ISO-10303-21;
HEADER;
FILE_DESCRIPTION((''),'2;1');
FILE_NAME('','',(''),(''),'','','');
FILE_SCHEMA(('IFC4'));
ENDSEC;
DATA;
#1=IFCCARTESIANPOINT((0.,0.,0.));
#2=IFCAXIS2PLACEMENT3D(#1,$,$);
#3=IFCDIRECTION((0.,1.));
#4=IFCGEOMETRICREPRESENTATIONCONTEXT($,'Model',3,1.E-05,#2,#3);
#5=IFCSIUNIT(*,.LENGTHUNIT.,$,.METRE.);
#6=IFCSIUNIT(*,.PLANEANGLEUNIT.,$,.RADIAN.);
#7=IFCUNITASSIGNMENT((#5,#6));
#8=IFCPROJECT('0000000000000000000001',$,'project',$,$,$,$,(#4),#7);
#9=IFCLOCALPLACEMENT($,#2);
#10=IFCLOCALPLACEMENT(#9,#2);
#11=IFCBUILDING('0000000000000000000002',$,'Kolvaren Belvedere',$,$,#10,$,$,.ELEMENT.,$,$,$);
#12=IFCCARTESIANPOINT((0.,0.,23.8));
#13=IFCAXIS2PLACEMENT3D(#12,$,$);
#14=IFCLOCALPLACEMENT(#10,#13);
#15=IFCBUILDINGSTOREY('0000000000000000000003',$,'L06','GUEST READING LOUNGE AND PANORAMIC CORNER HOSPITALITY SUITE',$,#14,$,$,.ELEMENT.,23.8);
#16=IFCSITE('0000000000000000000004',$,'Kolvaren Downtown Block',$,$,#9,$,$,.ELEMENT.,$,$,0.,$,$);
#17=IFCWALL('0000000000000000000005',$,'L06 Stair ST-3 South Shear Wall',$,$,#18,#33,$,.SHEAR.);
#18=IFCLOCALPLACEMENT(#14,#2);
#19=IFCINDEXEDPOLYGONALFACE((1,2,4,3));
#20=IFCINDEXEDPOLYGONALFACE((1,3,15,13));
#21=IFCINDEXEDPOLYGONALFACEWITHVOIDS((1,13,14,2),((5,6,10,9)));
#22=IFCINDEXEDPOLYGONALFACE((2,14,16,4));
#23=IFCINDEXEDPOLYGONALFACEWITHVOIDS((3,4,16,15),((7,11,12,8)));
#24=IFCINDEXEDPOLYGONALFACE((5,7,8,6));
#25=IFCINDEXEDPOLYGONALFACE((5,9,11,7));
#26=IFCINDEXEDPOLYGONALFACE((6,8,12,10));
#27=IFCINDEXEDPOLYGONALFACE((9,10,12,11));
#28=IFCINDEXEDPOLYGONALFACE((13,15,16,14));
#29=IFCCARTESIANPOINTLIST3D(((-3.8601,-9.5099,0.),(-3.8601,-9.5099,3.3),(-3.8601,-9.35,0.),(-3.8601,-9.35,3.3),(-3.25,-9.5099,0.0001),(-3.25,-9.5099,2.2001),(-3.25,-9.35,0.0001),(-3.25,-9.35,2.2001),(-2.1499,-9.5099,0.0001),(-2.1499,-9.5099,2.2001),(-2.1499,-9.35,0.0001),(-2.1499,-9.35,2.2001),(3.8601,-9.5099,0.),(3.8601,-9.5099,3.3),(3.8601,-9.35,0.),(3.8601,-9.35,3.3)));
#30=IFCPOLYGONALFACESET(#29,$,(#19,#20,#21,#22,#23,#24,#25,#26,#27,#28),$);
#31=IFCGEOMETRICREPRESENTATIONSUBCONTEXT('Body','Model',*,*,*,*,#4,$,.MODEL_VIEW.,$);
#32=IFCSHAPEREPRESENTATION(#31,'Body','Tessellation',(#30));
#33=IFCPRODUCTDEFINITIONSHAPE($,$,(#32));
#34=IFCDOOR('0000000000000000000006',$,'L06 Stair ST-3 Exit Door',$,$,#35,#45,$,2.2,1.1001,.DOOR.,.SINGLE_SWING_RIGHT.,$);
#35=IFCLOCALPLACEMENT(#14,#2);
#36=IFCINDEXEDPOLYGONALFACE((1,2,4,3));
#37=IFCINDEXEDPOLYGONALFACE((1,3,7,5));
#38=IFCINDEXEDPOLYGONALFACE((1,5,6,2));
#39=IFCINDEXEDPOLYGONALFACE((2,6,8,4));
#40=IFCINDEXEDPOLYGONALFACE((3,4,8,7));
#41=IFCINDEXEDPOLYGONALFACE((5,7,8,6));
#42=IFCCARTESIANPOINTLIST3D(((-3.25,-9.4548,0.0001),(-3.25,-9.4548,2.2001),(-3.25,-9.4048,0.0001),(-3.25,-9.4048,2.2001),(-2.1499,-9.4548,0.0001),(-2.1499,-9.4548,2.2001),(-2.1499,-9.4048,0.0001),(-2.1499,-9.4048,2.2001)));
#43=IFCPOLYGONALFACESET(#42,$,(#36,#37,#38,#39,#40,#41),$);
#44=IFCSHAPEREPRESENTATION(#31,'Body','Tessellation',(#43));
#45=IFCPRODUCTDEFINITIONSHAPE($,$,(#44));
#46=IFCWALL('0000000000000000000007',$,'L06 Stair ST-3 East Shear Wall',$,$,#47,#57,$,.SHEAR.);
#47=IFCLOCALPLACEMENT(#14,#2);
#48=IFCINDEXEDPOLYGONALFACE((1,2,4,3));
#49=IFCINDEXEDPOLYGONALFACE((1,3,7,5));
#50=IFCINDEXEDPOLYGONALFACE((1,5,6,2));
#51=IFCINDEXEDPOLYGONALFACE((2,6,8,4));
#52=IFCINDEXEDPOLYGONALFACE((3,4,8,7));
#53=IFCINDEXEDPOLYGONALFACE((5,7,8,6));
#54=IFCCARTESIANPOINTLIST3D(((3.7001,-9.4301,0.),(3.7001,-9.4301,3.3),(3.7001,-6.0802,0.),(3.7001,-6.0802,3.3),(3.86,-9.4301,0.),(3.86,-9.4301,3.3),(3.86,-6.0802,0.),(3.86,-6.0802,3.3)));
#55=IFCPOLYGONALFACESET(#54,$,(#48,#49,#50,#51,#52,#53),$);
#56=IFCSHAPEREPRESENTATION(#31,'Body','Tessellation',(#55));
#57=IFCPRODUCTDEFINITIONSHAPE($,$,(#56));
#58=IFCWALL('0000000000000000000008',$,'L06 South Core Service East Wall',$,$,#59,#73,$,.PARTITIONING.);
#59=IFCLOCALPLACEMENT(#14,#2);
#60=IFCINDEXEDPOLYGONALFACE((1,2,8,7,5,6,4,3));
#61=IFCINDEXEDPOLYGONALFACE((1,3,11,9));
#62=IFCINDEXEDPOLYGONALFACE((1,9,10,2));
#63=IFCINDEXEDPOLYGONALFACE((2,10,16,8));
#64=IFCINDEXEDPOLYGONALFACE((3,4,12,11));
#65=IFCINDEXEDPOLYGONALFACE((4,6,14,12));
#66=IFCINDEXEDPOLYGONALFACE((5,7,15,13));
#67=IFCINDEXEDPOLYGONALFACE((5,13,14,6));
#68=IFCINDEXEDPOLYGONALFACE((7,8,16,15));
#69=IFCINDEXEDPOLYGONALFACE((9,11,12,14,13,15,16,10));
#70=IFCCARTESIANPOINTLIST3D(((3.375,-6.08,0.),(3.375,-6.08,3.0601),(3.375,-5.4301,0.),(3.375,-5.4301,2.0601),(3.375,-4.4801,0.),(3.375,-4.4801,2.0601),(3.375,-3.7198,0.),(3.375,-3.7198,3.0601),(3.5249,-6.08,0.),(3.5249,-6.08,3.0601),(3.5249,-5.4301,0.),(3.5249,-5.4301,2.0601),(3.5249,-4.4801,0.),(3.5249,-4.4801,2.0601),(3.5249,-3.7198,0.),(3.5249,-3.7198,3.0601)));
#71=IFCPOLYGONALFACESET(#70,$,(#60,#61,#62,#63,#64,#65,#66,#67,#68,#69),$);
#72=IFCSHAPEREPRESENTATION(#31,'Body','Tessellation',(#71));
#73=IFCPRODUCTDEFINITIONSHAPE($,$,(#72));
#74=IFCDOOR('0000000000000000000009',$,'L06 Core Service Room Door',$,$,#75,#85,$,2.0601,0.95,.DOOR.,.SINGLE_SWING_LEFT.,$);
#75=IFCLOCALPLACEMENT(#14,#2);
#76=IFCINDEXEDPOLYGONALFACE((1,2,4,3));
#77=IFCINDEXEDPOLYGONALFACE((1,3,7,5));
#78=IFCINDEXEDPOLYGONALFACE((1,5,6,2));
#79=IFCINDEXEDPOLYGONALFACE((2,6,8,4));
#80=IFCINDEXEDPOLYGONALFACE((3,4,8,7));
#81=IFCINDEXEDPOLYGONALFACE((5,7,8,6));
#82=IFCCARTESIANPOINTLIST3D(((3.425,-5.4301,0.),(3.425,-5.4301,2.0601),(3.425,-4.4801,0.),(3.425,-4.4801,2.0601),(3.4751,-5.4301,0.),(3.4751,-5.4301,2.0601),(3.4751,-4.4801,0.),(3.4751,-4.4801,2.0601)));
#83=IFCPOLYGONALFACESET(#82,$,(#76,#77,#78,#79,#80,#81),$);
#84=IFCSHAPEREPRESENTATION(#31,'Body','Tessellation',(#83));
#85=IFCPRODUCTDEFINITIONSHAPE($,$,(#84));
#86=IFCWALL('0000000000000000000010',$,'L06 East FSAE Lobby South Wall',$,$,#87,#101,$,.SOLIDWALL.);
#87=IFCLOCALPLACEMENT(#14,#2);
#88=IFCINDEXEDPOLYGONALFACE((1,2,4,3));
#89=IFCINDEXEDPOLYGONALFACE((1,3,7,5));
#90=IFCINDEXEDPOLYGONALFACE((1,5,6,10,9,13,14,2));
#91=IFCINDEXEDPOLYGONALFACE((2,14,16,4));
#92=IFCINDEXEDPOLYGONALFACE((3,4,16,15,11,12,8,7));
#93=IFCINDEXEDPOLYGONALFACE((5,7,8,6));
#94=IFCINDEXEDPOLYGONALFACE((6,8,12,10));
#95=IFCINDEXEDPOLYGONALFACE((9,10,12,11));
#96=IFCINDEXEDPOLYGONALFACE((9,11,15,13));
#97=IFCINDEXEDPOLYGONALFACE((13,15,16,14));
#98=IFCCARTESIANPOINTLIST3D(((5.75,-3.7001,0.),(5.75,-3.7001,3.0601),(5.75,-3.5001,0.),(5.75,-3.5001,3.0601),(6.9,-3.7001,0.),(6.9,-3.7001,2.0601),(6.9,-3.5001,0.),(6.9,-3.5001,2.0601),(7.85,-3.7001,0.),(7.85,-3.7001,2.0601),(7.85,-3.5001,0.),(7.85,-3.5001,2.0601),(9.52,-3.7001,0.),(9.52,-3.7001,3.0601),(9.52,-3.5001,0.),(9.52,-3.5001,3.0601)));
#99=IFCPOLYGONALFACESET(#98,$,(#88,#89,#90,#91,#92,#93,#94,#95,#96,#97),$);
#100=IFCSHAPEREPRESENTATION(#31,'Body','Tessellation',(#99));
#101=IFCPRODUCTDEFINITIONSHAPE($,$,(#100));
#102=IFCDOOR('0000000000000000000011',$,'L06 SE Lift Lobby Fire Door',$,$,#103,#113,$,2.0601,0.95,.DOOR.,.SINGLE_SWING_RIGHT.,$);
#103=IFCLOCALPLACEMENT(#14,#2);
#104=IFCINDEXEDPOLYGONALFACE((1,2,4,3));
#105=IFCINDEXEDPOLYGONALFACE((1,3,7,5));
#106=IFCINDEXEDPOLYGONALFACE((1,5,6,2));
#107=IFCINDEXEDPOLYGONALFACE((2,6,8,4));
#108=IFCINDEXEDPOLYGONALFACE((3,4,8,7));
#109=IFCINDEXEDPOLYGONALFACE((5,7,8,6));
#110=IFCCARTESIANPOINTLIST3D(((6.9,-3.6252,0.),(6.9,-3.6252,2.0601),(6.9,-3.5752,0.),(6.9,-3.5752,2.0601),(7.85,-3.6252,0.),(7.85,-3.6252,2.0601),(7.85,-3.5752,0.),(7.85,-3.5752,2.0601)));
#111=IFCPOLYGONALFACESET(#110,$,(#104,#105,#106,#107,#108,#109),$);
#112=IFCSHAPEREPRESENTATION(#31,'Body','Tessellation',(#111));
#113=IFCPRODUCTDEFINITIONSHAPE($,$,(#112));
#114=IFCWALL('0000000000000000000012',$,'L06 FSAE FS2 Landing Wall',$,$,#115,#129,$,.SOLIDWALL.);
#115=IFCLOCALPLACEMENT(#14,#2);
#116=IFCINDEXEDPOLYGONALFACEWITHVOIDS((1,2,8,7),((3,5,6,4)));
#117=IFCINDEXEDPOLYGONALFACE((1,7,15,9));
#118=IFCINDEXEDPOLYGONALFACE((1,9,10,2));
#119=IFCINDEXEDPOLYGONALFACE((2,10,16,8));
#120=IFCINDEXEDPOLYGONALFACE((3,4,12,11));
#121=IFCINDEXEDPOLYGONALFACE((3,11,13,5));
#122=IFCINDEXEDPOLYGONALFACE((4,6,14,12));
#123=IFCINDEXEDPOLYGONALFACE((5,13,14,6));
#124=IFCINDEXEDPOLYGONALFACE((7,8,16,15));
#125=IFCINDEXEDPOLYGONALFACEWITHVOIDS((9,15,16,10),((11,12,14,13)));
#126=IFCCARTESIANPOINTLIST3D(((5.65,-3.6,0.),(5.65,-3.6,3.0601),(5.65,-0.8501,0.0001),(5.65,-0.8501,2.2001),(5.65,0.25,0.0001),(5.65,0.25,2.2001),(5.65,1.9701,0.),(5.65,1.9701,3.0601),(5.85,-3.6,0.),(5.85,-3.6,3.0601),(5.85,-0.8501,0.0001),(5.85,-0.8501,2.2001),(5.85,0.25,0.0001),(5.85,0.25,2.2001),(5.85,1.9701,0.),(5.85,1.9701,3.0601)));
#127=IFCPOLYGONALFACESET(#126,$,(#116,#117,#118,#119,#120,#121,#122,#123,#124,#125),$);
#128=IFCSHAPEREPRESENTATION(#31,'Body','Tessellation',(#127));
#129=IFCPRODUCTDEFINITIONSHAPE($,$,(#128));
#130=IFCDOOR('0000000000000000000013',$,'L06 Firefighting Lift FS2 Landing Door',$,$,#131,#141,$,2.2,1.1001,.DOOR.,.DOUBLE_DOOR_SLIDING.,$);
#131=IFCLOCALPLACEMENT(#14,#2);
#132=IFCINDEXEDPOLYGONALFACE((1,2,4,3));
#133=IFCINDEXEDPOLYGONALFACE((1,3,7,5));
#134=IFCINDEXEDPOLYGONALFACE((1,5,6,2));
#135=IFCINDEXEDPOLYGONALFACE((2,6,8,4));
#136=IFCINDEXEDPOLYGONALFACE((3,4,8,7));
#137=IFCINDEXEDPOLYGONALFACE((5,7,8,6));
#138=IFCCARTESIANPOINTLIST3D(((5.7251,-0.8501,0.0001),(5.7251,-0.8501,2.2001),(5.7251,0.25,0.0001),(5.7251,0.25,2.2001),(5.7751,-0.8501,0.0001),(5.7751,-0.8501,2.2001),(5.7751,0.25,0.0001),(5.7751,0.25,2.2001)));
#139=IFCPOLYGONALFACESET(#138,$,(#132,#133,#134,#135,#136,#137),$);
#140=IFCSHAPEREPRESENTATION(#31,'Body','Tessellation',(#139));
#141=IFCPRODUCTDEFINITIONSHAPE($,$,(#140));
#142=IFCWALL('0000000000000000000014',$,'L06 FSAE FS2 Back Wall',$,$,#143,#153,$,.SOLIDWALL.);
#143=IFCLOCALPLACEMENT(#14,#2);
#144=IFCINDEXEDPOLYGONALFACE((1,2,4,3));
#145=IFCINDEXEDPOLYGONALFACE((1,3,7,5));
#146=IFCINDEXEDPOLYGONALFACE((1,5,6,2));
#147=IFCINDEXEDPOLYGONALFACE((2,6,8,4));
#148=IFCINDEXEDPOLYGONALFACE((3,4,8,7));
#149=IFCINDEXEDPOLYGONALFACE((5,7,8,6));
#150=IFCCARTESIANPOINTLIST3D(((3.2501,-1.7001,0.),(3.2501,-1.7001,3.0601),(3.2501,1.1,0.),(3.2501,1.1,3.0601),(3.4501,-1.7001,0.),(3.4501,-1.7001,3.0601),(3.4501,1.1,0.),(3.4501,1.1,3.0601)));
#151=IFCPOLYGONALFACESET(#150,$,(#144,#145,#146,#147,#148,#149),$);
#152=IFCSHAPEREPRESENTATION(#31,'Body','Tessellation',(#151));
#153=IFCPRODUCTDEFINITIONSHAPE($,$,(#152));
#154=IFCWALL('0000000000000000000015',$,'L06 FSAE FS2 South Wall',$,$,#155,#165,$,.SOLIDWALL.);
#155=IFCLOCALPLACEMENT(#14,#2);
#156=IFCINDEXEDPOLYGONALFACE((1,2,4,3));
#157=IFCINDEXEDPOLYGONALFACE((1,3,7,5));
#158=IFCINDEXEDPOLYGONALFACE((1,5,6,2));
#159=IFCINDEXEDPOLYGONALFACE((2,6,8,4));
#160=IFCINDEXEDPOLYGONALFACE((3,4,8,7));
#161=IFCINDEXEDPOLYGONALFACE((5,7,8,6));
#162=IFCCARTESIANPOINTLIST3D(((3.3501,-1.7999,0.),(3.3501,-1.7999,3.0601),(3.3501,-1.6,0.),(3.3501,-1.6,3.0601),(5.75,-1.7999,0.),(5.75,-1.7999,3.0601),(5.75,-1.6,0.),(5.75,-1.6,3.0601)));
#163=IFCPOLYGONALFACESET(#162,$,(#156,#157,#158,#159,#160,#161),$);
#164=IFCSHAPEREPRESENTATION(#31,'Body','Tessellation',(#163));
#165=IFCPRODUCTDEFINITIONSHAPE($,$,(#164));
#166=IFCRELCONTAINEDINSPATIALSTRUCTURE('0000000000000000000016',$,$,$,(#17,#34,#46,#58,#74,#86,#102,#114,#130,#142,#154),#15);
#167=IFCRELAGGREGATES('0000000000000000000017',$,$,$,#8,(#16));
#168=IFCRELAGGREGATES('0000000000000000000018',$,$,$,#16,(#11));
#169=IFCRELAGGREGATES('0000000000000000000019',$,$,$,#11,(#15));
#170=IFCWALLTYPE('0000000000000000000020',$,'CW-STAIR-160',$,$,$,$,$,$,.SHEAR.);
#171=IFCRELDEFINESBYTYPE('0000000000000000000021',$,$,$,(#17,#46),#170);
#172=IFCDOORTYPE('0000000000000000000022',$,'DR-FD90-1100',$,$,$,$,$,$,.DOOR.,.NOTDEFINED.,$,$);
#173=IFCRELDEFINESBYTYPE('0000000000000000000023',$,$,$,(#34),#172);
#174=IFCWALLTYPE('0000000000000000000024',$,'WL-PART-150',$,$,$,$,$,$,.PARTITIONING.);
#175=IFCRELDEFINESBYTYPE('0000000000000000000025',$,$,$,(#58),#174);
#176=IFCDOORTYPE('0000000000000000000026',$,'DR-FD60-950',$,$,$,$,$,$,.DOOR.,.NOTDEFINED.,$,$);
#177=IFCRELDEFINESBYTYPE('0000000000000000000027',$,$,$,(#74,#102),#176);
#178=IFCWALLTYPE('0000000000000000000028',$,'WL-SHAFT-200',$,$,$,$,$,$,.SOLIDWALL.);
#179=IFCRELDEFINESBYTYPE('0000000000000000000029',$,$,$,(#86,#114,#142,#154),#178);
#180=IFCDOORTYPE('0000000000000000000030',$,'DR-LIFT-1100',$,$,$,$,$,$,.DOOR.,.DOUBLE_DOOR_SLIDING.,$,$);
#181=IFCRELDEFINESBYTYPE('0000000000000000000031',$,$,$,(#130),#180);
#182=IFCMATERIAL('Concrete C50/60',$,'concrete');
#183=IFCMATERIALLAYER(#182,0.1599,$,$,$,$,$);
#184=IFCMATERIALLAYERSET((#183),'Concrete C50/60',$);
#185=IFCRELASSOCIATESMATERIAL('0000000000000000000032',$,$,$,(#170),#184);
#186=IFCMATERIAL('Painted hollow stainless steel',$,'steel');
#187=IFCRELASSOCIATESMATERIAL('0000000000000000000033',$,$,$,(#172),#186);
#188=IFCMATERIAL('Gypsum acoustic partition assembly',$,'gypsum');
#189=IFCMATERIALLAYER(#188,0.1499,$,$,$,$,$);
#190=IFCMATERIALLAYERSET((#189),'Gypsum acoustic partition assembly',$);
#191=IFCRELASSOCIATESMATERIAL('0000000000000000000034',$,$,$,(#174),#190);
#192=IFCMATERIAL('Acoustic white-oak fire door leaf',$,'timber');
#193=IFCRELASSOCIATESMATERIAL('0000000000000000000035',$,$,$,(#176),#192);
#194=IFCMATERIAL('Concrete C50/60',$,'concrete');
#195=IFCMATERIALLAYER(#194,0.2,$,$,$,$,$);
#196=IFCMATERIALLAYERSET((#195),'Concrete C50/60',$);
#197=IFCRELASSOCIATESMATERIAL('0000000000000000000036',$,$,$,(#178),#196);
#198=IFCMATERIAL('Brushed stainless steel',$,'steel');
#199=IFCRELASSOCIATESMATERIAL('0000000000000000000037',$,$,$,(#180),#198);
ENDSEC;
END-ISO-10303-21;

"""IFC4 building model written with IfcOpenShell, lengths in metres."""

from ifc_helpers import new_model, si_unit, direction, frame, frame_2d, origin, place, context, subcontext, project, spatial, rectangle, extrude, material, layer, layer_set, type_object, element, fill, save


model = new_model("IFC4")

# Units and contexts
model_context = context("Model", 3, precision=1e-05, world=origin(), true_north=direction((0.0, 1.0)))
body_context = subcontext(model_context, "Body", "Model", "MODEL_VIEW")
ifc_project = project(units=[si_unit("LENGTHUNIT", "METRE"), si_unit("PLANEANGLEUNIT", "RADIAN")], contexts=[model_context])

# Site, building, storey
site_placement = place(None, origin())
site = spatial("IfcSite", under=ifc_project, at=site_placement, Name="Kolvaren Downtown Block", CompositionType="ELEMENT", RefElevation=0.0)
building_placement = place(site_placement, origin())
building = spatial("IfcBuilding", under=site, at=building_placement, Name="Kolvaren Belvedere", CompositionType="ELEMENT")
storey_placement = place(building_placement, frame((0.0, 0.0, 23.8)))
storey = spatial("IfcBuildingStorey", under=building, at=storey_placement, Name="L06", Description="GUEST READING LOUNGE AND PANORAMIC CORNER HOSPITALITY SUITE", CompositionType="ELEMENT", Elevation=23.8)

# Wall, opening, door
ifc_material_1 = material(Name="Concrete C50/60", Category="concrete")
ifc_layer_1 = layer(ifc_material_1, 0.1599)
ifc_layer_set_1 = layer_set([ifc_layer_1], Name="Concrete C50/60")
wall_type_1 = type_object("IfcWallType", Name="CW-STAIR-160", PredefinedType="SHEAR", material=ifc_layer_set_1)
wall_1_placement = place(storey_placement, frame((3.8601, -9.4299, 0.0), z_axis=(0.0, 0.0, 1.0), x_axis=(-1.0, 0.0, 0.0)))
wall_1 = element("IfcWall", 1, at=wall_1_placement, inside=storey, type_object=wall_type_1, Name="L06 Stair ST-3 South Shear Wall", PredefinedType="SHEAR", context=body_context, shape_type="SweptSolid", body=[
    extrude(rectangle(XDim=7.7202, YDim=0.1599, at=frame_2d((3.8601, 0.0))), origin(), (0.0, 0.0, 1.0), 3.3),
])
opening_1_placement = place(wall_1_placement, frame((6.01, 0.0, 0.0)))
opening_1 = element("IfcOpeningElement", 2, at=opening_1_placement, cuts=wall_1, PredefinedType="OPENING", context=body_context, shape_type="SweptSolid", body=[
    extrude(rectangle(XDim=1.1001, YDim=2.2, at=frame_2d((0.55, 1.1001))), frame((0.0, 0.0898, 0.0), z_axis=(0.0, -1.0, 0.0), x_axis=(1.0, 0.0, 0.0)), (0.0, 0.0, 1.0), 0.1799),
])
ifc_material_2 = material(Name="Painted hollow stainless steel", Category="steel")
door_type_1 = type_object("IfcDoorType", Name="DR-FD90-1100", OperationType="NOTDEFINED", PredefinedType="DOOR", material=ifc_material_2)
door_1_placement = place(opening_1_placement, origin())
door_1 = element("IfcDoor", 3, at=door_1_placement, inside=storey, type_object=door_type_1, Name="L06 Stair ST-3 Exit Door", OperationType="SINGLE_SWING_RIGHT", OverallHeight=2.2, OverallWidth=1.1001, PredefinedType="DOOR", context=body_context, shape_type="SweptSolid", body=[
    extrude(rectangle(XDim=1.1001, YDim=2.2, at=frame_2d((0.55, 1.1001))), frame((0.0, 0.0249, 0.0), z_axis=(0.0, -1.0, 0.0), x_axis=(1.0, 0.0, 0.0)), (0.0, 0.0, 1.0), 0.05),
])
fill(opening_1, door_1)

# Wall
wall_2_placement = place(storey_placement, frame((3.78, -9.4299, 0.0), z_axis=(0.0, 0.0, 1.0), x_axis=(0.0, 1.0, 0.0)))
element("IfcWall", 4, at=wall_2_placement, inside=storey, type_object=wall_type_1, Name="L06 Stair ST-3 East Shear Wall", PredefinedType="SHEAR", context=body_context, shape_type="SweptSolid", body=[
    extrude(rectangle(XDim=3.3499, YDim=0.1599, at=frame_2d((1.6748, 0.0))), origin(), (0.0, 0.0, 1.0), 3.3),
])

# Walls, openings, doors
ifc_material_3 = material(Name="Gypsum acoustic partition assembly", Category="gypsum")
ifc_layer_2 = layer(ifc_material_3, 0.1499)
ifc_layer_set_2 = layer_set([ifc_layer_2], Name="Gypsum acoustic partition assembly")
wall_type_2 = type_object("IfcWallType", Name="WL-PART-150", PredefinedType="PARTITIONING", material=ifc_layer_set_2)
wall_3_placement = place(storey_placement, frame((3.45, -6.0801, 0.0), z_axis=(0.0, 0.0, 1.0), x_axis=(0.0, 1.0, 0.0)))
wall_3 = element("IfcWall", 5, at=wall_3_placement, inside=storey, type_object=wall_type_2, Name="L06 South Core Service East Wall", PredefinedType="PARTITIONING", context=body_context, shape_type="SweptSolid", body=[
    extrude(rectangle(XDim=2.3601, YDim=0.1499, at=frame_2d((1.1802, 0.0))), origin(), (0.0, 0.0, 1.0), 3.0601),
])
opening_2_placement = place(wall_3_placement, frame((0.6499, 0.0, 0.0)))
opening_2 = element("IfcOpeningElement", 6, at=opening_2_placement, cuts=wall_3, PredefinedType="OPENING", context=body_context, shape_type="SweptSolid", body=[
    extrude(rectangle(XDim=0.95, YDim=2.0601, at=frame_2d((0.4751, 1.03))), frame((0.0, 0.085, 0.0), z_axis=(0.0, -1.0, 0.0), x_axis=(1.0, 0.0, 0.0)), (0.0, 0.0, 1.0), 0.1699),
])
ifc_material_4 = material(Name="Acoustic white-oak fire door leaf", Category="timber")
door_type_2 = type_object("IfcDoorType", Name="DR-FD60-950", OperationType="NOTDEFINED", PredefinedType="DOOR", material=ifc_material_4)
door_2_placement = place(opening_2_placement, origin())
door_2 = element("IfcDoor", 7, at=door_2_placement, inside=storey, type_object=door_type_2, Name="L06 Core Service Room Door", OperationType="SINGLE_SWING_LEFT", OverallHeight=2.0601, OverallWidth=0.95, PredefinedType="DOOR", context=body_context, shape_type="SweptSolid", body=[
    extrude(rectangle(XDim=0.95, YDim=2.0601, at=frame_2d((0.4751, 1.03))), frame((0.0, 0.0249, 0.0), z_axis=(0.0, -1.0, 0.0), x_axis=(1.0, 0.0, 0.0)), (0.0, 0.0, 1.0), 0.05),
])
fill(opening_2, door_2)
ifc_material_5 = material(Name="Concrete C50/60", Category="concrete")
ifc_layer_3 = layer(ifc_material_5, 0.2)
ifc_layer_set_3 = layer_set([ifc_layer_3], Name="Concrete C50/60")
wall_type_3 = type_object("IfcWallType", Name="WL-SHAFT-200", PredefinedType="SOLIDWALL", material=ifc_layer_set_3)
wall_4_placement = place(storey_placement, frame((5.75, -3.6001, 0.0), z_axis=(0.0, 0.0, 1.0), x_axis=(1.0, 0.0, 0.0)))
wall_4 = element("IfcWall", 8, at=wall_4_placement, inside=storey, type_object=wall_type_3, Name="L06 East FSAE Lobby South Wall", PredefinedType="SOLIDWALL", context=body_context, shape_type="SweptSolid", body=[
    extrude(rectangle(XDim=3.77, YDim=0.2, at=frame_2d((1.885, 0.0))), origin(), (0.0, 0.0, 1.0), 3.0601),
])
opening_3_placement = place(wall_4_placement, frame((1.1499, 0.0, 0.0)))
opening_3 = element("IfcOpeningElement", 9, at=opening_3_placement, cuts=wall_4, PredefinedType="OPENING", context=body_context, shape_type="SweptSolid", body=[
    extrude(rectangle(XDim=0.95, YDim=2.0601, at=frame_2d((0.4751, 1.03))), frame((0.0, 0.1099, 0.0), z_axis=(0.0, -1.0, 0.0), x_axis=(1.0, 0.0, 0.0)), (0.0, 0.0, 1.0), 0.22),
])
door_3_placement = place(opening_3_placement, origin())
door_3 = element("IfcDoor", 10, at=door_3_placement, inside=storey, type_object=door_type_2, Name="L06 SE Lift Lobby Fire Door", OperationType="SINGLE_SWING_RIGHT", OverallHeight=2.0601, OverallWidth=0.95, PredefinedType="DOOR", context=body_context, shape_type="SweptSolid", body=[
    extrude(rectangle(XDim=0.95, YDim=2.0601, at=frame_2d((0.4751, 1.03))), frame((0.0, 0.0249, 0.0), z_axis=(0.0, -1.0, 0.0), x_axis=(1.0, 0.0, 0.0)), (0.0, 0.0, 1.0), 0.05),
])
fill(opening_3, door_3)
wall_5_placement = place(storey_placement, frame((5.75, -3.6001, 0.0), z_axis=(0.0, 0.0, 1.0), x_axis=(0.0, 1.0, 0.0)))
wall_5 = element("IfcWall", 11, at=wall_5_placement, inside=storey, type_object=wall_type_3, Name="L06 FSAE FS2 Landing Wall", PredefinedType="SOLIDWALL", context=body_context, shape_type="SweptSolid", body=[
    extrude(rectangle(XDim=5.5701, YDim=0.2, at=frame_2d((2.7852, 0.0))), origin(), (0.0, 0.0, 1.0), 3.0601),
])
opening_4_placement = place(wall_5_placement, frame((2.75, 0.0, 0.0)))
opening_4 = element("IfcOpeningElement", 12, at=opening_4_placement, cuts=wall_5, PredefinedType="OPENING", context=body_context, shape_type="SweptSolid", body=[
    extrude(rectangle(XDim=1.1001, YDim=2.2, at=frame_2d((0.55, 1.1001))), frame((0.0, 0.1099, 0.0), z_axis=(0.0, -1.0, 0.0), x_axis=(1.0, 0.0, 0.0)), (0.0, 0.0, 1.0), 0.22),
])
ifc_material_6 = material(Name="Brushed stainless steel", Category="steel")
door_type_3 = type_object("IfcDoorType", Name="DR-LIFT-1100", OperationType="DOUBLE_DOOR_SLIDING", PredefinedType="DOOR", material=ifc_material_6)
door_4_placement = place(opening_4_placement, origin())
door_4 = element("IfcDoor", 13, at=door_4_placement, inside=storey, type_object=door_type_3, Name="L06 Firefighting Lift FS2 Landing Door", OperationType="DOUBLE_DOOR_SLIDING", OverallHeight=2.2, OverallWidth=1.1001, PredefinedType="DOOR", context=body_context, shape_type="SweptSolid", body=[
    extrude(rectangle(XDim=1.1001, YDim=2.2, at=frame_2d((0.55, 1.1001))), frame((0.0, 0.0249, 0.0), z_axis=(0.0, -1.0, 0.0), x_axis=(1.0, 0.0, 0.0)), (0.0, 0.0, 1.0), 0.05),
])
fill(opening_4, door_4)

# Walls
wall_6_placement = place(storey_placement, frame((3.3501, -1.7, 0.0), z_axis=(0.0, 0.0, 1.0), x_axis=(0.0, 1.0, 0.0)))
element("IfcWall", 14, at=wall_6_placement, inside=storey, type_object=wall_type_3, Name="L06 FSAE FS2 Back Wall", PredefinedType="SOLIDWALL", context=body_context, shape_type="SweptSolid", body=[
    extrude(rectangle(XDim=2.8, YDim=0.2, at=frame_2d((1.3999, 0.0))), origin(), (0.0, 0.0, 1.0), 3.0601),
])
wall_7_placement = place(storey_placement, frame((3.3501, -1.7, 0.0), z_axis=(0.0, 0.0, 1.0), x_axis=(1.0, 0.0, 0.0)))
element("IfcWall", 15, at=wall_7_placement, inside=storey, type_object=wall_type_3, Name="L06 FSAE FS2 South Wall", PredefinedType="SOLIDWALL", context=body_context, shape_type="SweptSolid", body=[
    extrude(rectangle(XDim=2.3999, YDim=0.2, at=frame_2d((1.2, 0.0))), origin(), (0.0, 0.0, 1.0), 3.0601),
])

save(model, "model.ifc")
